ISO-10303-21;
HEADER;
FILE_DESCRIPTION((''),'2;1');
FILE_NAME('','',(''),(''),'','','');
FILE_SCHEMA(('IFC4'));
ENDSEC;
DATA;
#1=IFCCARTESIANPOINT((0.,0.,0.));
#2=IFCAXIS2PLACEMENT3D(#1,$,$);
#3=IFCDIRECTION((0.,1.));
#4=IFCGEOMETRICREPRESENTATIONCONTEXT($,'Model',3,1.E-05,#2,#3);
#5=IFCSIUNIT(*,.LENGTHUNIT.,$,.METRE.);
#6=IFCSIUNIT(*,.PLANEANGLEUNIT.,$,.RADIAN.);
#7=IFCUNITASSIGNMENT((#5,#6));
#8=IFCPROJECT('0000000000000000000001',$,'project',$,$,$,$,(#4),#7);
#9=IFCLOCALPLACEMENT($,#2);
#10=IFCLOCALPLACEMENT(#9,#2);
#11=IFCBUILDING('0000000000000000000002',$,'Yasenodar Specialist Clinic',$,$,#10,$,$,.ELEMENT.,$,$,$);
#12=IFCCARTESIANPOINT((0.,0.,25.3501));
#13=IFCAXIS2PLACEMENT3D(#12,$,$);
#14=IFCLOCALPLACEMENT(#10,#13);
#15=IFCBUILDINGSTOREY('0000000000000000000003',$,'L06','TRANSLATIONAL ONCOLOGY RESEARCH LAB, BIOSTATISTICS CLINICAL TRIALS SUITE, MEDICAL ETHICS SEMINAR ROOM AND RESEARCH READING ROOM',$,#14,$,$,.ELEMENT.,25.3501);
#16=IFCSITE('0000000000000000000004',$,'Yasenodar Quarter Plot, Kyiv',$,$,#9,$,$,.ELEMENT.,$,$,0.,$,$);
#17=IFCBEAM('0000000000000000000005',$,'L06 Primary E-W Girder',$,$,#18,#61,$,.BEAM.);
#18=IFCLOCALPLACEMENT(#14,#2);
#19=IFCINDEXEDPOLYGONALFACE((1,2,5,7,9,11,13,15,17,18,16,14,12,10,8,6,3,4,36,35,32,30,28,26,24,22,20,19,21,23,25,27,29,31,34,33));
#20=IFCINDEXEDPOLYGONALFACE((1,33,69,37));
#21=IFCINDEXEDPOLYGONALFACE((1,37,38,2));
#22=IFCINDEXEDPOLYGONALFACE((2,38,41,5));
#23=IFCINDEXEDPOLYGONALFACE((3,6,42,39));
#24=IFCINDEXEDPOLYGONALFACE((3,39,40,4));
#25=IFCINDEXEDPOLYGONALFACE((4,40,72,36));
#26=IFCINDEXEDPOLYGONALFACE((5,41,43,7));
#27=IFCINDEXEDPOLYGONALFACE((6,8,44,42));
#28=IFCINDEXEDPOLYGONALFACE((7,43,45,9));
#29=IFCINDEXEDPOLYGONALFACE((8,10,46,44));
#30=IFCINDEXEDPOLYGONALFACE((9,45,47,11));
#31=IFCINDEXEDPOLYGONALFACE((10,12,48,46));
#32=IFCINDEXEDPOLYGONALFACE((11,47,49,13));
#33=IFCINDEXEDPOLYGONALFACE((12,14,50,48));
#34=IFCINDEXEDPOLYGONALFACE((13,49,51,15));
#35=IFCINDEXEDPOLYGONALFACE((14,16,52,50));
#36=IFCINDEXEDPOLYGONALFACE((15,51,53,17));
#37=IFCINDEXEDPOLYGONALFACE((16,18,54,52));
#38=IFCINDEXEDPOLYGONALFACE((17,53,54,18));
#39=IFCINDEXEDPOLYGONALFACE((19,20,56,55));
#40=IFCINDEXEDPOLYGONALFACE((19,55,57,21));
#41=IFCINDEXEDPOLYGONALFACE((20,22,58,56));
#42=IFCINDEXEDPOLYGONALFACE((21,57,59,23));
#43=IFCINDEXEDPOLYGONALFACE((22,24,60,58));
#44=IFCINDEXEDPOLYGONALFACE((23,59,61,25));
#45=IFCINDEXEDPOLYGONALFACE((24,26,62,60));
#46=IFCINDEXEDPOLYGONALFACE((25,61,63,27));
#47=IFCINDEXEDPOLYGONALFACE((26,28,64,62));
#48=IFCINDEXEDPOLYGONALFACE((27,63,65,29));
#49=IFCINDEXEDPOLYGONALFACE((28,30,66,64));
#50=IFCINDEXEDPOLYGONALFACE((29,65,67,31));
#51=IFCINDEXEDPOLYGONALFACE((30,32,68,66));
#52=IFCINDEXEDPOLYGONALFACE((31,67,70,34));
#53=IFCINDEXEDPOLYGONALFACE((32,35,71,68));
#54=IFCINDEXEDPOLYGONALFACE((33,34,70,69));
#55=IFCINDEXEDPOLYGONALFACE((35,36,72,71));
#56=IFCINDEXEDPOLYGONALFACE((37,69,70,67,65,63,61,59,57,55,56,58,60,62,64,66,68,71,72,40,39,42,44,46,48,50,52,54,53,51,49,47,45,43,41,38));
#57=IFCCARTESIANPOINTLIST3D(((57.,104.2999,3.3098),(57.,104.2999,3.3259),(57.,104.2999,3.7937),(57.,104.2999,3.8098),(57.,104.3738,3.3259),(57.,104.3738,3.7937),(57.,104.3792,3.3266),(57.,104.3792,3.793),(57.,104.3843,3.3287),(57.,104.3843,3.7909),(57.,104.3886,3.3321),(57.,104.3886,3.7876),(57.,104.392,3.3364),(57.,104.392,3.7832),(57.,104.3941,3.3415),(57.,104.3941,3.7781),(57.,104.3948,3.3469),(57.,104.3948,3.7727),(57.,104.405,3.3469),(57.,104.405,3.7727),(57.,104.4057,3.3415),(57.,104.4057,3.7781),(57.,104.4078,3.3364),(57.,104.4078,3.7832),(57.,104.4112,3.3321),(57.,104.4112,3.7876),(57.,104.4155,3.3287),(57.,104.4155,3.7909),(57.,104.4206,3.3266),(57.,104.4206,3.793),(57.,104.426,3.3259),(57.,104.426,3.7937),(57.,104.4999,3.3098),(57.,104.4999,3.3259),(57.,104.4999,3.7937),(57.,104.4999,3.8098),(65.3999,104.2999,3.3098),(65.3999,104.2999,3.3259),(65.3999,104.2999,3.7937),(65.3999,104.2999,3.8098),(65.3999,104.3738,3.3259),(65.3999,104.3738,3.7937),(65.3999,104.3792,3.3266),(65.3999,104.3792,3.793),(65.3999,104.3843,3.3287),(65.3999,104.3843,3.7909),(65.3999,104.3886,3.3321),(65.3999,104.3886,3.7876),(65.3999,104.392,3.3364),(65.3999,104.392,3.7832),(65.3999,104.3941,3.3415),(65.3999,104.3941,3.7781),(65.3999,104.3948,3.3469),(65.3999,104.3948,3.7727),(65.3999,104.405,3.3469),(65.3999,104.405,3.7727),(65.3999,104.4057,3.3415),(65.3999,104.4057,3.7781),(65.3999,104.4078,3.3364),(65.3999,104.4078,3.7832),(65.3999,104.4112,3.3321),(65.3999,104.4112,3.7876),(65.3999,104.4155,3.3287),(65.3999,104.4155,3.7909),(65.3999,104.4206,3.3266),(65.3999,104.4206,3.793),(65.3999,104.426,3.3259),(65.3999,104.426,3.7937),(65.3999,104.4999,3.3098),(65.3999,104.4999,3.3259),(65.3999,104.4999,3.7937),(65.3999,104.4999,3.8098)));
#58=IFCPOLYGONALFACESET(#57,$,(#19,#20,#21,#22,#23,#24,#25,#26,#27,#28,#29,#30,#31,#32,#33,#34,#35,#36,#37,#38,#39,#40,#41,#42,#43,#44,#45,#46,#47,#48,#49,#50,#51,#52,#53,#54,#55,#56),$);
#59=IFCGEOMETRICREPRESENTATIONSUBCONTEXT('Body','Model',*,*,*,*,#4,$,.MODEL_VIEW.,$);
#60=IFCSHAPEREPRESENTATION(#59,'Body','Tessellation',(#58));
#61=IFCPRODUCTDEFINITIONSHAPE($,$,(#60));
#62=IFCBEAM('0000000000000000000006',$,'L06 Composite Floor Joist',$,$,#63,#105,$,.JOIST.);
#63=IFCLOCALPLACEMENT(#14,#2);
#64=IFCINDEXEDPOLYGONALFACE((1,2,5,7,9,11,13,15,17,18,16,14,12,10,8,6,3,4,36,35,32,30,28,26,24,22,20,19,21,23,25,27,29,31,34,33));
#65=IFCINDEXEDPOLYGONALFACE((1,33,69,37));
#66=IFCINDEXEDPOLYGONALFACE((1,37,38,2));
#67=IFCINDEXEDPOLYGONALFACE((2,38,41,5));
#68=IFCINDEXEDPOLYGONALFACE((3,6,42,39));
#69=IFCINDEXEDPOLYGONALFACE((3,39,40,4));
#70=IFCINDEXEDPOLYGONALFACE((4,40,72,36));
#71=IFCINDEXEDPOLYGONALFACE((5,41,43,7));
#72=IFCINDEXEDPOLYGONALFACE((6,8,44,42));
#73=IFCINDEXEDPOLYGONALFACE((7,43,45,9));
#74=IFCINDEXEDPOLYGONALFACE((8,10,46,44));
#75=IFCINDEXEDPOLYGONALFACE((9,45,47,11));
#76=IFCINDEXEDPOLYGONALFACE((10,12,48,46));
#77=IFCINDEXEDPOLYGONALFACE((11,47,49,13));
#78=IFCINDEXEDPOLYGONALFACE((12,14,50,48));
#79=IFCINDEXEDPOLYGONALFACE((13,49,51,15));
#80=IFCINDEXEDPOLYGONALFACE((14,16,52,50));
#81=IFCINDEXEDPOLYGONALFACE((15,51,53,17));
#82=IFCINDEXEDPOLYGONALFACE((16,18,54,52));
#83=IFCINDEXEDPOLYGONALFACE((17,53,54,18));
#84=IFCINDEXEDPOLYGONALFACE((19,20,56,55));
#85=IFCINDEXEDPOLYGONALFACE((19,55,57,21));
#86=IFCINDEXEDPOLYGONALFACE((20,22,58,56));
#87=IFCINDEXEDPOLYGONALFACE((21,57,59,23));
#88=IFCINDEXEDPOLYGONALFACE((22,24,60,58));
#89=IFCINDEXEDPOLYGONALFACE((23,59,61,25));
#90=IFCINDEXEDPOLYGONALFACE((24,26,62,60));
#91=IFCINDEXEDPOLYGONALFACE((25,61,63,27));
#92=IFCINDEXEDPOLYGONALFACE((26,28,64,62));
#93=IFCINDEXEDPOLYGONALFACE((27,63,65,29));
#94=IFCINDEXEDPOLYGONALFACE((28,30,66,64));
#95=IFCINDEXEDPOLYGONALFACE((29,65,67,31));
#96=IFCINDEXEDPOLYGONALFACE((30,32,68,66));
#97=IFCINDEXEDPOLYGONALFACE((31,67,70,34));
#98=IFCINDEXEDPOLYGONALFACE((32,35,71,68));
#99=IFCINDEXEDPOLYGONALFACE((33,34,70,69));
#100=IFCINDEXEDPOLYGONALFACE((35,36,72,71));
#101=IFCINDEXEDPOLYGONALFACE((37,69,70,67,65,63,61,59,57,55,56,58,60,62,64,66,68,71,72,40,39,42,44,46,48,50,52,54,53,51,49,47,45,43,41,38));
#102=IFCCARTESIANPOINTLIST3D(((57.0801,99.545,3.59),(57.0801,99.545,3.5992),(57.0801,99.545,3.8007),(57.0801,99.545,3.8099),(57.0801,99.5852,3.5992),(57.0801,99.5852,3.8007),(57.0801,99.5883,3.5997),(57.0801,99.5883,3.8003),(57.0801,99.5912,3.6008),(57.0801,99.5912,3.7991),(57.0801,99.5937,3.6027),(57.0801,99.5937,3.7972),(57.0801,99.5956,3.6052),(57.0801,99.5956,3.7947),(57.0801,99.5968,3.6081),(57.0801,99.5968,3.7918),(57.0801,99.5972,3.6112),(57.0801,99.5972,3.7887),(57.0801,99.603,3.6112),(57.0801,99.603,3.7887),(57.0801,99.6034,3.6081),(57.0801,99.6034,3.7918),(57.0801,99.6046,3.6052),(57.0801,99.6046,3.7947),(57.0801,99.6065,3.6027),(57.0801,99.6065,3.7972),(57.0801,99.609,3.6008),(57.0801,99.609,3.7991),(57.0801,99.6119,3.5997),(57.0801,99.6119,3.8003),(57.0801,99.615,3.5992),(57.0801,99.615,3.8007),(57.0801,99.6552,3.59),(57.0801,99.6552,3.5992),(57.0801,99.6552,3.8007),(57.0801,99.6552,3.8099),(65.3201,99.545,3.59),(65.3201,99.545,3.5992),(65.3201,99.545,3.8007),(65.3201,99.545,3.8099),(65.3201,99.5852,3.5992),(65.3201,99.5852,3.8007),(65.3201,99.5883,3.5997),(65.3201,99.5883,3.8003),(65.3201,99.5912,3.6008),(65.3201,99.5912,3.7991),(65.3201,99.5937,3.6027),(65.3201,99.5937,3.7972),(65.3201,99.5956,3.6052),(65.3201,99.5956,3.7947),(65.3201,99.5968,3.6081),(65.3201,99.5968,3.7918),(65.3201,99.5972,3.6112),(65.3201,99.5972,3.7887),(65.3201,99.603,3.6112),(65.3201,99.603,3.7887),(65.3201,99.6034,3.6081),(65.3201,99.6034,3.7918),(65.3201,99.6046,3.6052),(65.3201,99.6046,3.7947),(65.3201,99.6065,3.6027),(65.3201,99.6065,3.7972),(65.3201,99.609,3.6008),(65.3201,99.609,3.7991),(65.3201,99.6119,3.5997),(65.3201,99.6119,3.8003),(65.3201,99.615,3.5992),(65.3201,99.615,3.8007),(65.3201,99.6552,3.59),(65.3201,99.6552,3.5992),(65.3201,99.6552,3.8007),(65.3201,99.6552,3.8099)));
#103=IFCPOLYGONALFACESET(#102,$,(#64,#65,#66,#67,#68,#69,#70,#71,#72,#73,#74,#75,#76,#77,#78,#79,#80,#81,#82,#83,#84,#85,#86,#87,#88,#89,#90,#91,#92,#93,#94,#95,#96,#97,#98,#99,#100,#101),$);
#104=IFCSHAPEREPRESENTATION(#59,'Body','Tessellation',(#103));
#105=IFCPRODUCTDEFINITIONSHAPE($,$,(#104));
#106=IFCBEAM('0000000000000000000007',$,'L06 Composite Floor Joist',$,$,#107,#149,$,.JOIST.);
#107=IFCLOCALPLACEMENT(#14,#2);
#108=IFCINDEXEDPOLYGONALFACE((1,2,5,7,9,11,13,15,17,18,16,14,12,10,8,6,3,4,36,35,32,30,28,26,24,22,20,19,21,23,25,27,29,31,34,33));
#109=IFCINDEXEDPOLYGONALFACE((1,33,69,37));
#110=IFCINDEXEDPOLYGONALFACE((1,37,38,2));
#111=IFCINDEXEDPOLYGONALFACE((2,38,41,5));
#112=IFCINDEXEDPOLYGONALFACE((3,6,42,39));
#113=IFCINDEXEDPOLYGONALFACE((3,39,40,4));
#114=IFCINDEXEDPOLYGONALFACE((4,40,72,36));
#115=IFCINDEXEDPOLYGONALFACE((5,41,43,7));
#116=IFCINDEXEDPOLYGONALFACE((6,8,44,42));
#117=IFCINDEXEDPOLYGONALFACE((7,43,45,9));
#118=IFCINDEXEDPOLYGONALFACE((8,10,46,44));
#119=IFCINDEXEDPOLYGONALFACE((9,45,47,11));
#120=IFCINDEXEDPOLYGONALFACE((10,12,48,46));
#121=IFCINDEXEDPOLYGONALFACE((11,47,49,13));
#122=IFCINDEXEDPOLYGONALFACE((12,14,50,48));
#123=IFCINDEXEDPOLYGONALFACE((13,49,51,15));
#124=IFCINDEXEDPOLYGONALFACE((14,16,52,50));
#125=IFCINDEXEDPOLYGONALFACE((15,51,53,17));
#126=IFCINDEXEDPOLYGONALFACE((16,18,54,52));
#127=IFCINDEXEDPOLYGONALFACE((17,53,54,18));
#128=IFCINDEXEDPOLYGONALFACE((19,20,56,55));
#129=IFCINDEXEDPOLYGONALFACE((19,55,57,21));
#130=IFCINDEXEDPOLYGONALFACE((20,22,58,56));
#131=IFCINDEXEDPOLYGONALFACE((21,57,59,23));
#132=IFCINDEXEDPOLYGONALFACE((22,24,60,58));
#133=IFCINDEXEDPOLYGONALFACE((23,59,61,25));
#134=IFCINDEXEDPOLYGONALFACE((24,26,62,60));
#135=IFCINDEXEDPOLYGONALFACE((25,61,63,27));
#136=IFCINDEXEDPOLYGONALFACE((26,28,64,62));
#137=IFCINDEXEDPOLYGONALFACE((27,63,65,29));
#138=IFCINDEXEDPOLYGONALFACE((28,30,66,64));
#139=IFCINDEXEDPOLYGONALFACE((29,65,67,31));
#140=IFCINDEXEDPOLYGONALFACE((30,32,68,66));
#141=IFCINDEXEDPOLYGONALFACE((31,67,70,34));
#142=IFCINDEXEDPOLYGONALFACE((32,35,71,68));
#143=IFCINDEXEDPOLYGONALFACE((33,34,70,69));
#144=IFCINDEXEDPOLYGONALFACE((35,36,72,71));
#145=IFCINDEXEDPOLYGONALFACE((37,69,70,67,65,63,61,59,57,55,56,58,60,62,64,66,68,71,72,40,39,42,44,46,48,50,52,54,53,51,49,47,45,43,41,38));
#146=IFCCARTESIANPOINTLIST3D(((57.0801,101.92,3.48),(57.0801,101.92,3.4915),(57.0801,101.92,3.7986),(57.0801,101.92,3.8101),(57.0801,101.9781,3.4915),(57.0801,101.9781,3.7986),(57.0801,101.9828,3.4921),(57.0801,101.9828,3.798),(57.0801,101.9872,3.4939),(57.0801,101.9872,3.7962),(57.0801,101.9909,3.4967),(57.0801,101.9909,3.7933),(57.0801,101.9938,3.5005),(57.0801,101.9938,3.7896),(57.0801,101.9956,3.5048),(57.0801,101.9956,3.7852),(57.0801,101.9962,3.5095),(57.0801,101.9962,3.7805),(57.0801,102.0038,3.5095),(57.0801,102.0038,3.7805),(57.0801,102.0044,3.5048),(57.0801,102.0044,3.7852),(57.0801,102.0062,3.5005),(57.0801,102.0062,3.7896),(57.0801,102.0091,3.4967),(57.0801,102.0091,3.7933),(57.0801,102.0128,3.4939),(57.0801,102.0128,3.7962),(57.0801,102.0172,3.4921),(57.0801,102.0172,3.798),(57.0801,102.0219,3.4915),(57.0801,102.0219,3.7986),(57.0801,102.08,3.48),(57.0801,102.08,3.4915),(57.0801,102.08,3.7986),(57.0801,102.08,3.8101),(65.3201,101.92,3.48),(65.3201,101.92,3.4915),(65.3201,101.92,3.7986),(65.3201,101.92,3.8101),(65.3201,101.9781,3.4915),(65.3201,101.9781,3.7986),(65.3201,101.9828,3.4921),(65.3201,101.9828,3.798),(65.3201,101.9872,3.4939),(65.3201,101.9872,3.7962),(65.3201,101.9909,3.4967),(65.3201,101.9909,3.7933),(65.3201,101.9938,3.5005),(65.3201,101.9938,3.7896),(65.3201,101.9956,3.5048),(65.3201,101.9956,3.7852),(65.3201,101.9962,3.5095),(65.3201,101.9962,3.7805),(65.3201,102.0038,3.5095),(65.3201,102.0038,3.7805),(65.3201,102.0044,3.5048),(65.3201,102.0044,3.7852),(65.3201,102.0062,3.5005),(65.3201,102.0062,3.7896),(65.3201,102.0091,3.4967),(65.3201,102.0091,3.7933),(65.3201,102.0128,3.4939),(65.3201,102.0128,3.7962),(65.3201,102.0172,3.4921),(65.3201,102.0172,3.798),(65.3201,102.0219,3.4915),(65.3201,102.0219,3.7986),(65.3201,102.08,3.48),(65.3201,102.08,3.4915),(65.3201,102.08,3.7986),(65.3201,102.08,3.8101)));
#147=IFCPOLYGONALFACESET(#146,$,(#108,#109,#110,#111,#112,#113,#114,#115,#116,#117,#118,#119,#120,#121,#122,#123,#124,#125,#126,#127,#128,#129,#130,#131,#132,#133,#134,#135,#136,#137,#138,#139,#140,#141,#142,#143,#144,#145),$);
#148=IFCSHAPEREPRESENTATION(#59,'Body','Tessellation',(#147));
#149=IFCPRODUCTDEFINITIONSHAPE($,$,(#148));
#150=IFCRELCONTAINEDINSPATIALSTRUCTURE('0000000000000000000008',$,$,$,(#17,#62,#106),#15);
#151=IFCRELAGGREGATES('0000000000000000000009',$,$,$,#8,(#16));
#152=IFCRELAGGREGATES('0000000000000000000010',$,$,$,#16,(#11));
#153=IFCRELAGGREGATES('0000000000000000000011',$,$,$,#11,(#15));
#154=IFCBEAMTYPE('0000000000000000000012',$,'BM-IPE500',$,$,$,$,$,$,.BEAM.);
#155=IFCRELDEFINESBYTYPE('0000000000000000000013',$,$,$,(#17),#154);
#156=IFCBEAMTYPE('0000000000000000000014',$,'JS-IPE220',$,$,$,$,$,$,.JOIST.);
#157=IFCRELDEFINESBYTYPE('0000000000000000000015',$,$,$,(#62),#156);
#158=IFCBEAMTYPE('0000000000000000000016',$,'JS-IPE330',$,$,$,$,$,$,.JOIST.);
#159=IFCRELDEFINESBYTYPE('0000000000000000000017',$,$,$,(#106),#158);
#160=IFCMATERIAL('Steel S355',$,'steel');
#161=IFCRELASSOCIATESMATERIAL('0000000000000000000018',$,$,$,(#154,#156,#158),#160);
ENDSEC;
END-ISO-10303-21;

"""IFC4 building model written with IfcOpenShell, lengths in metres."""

from ifc_helpers import new_model, si_unit, direction, frame, origin, origin_2d, place, context, subcontext, project, spatial, i_section, extrude, material, material_profile, profile_set, type_object, element, save


model = new_model("IFC4")

# Units and contexts
model_context = context("Model", 3, precision=1e-05, world=origin(), true_north=direction((0.0, 1.0)))
body_context = subcontext(model_context, "Body", "Model", "MODEL_VIEW")
ifc_project = project(units=[si_unit("LENGTHUNIT", "METRE"), si_unit("PLANEANGLEUNIT", "RADIAN")], contexts=[model_context])

# Site, building, storey
site_placement = place(None, origin())
site = spatial("IfcSite", under=ifc_project, at=site_placement, Name="Yasenodar Quarter Plot, Kyiv", CompositionType="ELEMENT", RefElevation=0.0)
building_placement = place(site_placement, origin())
building = spatial("IfcBuilding", under=site, at=building_placement, Name="Yasenodar Specialist Clinic", CompositionType="ELEMENT")
storey_placement = place(building_placement, frame((0.0, 0.0, 25.3501)))
storey = spatial("IfcBuildingStorey", under=building, at=storey_placement, Name="L06", Description="TRANSLATIONAL ONCOLOGY RESEARCH LAB, BIOSTATISTICS CLINICAL TRIALS SUITE, MEDICAL ETHICS SEMINAR ROOM AND RESEARCH READING ROOM", CompositionType="ELEMENT", Elevation=25.3501)

# Shared definitions
ifc_material_1 = material(Name="Steel S355", Category="steel")

# Beams
ifc_material_profile_1 = material_profile(ifc_material_1, i_section(OverallWidth=0.2, OverallDepth=0.5, WebThickness=0.0103, FlangeThickness=0.0161, FilletRadius=0.021, at=origin_2d()), Name="IPE 500")
ifc_profile_set_1 = profile_set([ifc_material_profile_1], Name="Steel S355")
beam_type_1 = type_object("IfcBeamType", Name="BM-IPE500", PredefinedType="BEAM", material=ifc_profile_set_1)
beam_1_placement = place(storey_placement, frame((57.0, 104.3999, 3.5598), z_axis=(1.0, 0.0, 0.0), x_axis=(0.0, 1.0, 0.0)))
element("IfcBeam", 1, at=beam_1_placement, inside=storey, type_object=beam_type_1, Name="L06 Primary E-W Girder", PredefinedType="BEAM", context=body_context, shape_type="SweptSolid", body=[
    extrude(i_section(OverallWidth=0.2, OverallDepth=0.5, WebThickness=0.0103, FlangeThickness=0.0161, FilletRadius=0.021, at=origin_2d()), origin(), (0.0, 0.0, 1.0), 8.3999),
])
ifc_material_profile_2 = material_profile(ifc_material_1, i_section(OverallWidth=0.1101, OverallDepth=0.22, WebThickness=0.0059, FlangeThickness=0.0093, FilletRadius=0.012, at=origin_2d()), Name="IPE 220")
ifc_profile_set_2 = profile_set([ifc_material_profile_2], Name="Steel S355")
beam_type_2 = type_object("IfcBeamType", Name="JS-IPE220", PredefinedType="JOIST", material=ifc_profile_set_2)
beam_2_placement = place(storey_placement, frame((57.0801, 99.6001, 3.7), z_axis=(1.0, 0.0, 0.0), x_axis=(0.0, 1.0, 0.0)))
element("IfcBeam", 2, at=beam_2_placement, inside=storey, type_object=beam_type_2, Name="L06 Composite Floor Joist", PredefinedType="JOIST", context=body_context, shape_type="SweptSolid", body=[
    extrude(i_section(OverallWidth=0.1101, OverallDepth=0.22, WebThickness=0.0059, FlangeThickness=0.0093, FilletRadius=0.012, at=origin_2d()), origin(), (0.0, 0.0, 1.0), 8.24),
])
ifc_material_profile_3 = material_profile(ifc_material_1, i_section(OverallWidth=0.1599, OverallDepth=0.3301, WebThickness=0.0076, FlangeThickness=0.0115, FilletRadius=0.0181, at=origin_2d()), Name="IPE 330")
ifc_profile_set_3 = profile_set([ifc_material_profile_3], Name="Steel S355")
beam_type_3 = type_object("IfcBeamType", Name="JS-IPE330", PredefinedType="JOIST", material=ifc_profile_set_3)
beam_3_placement = place(storey_placement, frame((57.0801, 102.0, 3.645), z_axis=(1.0, 0.0, 0.0), x_axis=(0.0, 1.0, 0.0)))
element("IfcBeam", 3, at=beam_3_placement, inside=storey, type_object=beam_type_3, Name="L06 Composite Floor Joist", PredefinedType="JOIST", context=body_context, shape_type="SweptSolid", body=[
    extrude(i_section(OverallWidth=0.1599, OverallDepth=0.3301, WebThickness=0.0076, FlangeThickness=0.0115, FilletRadius=0.0181, at=origin_2d()), origin(), (0.0, 0.0, 1.0), 8.24),
])

save(model, "model.ifc")
